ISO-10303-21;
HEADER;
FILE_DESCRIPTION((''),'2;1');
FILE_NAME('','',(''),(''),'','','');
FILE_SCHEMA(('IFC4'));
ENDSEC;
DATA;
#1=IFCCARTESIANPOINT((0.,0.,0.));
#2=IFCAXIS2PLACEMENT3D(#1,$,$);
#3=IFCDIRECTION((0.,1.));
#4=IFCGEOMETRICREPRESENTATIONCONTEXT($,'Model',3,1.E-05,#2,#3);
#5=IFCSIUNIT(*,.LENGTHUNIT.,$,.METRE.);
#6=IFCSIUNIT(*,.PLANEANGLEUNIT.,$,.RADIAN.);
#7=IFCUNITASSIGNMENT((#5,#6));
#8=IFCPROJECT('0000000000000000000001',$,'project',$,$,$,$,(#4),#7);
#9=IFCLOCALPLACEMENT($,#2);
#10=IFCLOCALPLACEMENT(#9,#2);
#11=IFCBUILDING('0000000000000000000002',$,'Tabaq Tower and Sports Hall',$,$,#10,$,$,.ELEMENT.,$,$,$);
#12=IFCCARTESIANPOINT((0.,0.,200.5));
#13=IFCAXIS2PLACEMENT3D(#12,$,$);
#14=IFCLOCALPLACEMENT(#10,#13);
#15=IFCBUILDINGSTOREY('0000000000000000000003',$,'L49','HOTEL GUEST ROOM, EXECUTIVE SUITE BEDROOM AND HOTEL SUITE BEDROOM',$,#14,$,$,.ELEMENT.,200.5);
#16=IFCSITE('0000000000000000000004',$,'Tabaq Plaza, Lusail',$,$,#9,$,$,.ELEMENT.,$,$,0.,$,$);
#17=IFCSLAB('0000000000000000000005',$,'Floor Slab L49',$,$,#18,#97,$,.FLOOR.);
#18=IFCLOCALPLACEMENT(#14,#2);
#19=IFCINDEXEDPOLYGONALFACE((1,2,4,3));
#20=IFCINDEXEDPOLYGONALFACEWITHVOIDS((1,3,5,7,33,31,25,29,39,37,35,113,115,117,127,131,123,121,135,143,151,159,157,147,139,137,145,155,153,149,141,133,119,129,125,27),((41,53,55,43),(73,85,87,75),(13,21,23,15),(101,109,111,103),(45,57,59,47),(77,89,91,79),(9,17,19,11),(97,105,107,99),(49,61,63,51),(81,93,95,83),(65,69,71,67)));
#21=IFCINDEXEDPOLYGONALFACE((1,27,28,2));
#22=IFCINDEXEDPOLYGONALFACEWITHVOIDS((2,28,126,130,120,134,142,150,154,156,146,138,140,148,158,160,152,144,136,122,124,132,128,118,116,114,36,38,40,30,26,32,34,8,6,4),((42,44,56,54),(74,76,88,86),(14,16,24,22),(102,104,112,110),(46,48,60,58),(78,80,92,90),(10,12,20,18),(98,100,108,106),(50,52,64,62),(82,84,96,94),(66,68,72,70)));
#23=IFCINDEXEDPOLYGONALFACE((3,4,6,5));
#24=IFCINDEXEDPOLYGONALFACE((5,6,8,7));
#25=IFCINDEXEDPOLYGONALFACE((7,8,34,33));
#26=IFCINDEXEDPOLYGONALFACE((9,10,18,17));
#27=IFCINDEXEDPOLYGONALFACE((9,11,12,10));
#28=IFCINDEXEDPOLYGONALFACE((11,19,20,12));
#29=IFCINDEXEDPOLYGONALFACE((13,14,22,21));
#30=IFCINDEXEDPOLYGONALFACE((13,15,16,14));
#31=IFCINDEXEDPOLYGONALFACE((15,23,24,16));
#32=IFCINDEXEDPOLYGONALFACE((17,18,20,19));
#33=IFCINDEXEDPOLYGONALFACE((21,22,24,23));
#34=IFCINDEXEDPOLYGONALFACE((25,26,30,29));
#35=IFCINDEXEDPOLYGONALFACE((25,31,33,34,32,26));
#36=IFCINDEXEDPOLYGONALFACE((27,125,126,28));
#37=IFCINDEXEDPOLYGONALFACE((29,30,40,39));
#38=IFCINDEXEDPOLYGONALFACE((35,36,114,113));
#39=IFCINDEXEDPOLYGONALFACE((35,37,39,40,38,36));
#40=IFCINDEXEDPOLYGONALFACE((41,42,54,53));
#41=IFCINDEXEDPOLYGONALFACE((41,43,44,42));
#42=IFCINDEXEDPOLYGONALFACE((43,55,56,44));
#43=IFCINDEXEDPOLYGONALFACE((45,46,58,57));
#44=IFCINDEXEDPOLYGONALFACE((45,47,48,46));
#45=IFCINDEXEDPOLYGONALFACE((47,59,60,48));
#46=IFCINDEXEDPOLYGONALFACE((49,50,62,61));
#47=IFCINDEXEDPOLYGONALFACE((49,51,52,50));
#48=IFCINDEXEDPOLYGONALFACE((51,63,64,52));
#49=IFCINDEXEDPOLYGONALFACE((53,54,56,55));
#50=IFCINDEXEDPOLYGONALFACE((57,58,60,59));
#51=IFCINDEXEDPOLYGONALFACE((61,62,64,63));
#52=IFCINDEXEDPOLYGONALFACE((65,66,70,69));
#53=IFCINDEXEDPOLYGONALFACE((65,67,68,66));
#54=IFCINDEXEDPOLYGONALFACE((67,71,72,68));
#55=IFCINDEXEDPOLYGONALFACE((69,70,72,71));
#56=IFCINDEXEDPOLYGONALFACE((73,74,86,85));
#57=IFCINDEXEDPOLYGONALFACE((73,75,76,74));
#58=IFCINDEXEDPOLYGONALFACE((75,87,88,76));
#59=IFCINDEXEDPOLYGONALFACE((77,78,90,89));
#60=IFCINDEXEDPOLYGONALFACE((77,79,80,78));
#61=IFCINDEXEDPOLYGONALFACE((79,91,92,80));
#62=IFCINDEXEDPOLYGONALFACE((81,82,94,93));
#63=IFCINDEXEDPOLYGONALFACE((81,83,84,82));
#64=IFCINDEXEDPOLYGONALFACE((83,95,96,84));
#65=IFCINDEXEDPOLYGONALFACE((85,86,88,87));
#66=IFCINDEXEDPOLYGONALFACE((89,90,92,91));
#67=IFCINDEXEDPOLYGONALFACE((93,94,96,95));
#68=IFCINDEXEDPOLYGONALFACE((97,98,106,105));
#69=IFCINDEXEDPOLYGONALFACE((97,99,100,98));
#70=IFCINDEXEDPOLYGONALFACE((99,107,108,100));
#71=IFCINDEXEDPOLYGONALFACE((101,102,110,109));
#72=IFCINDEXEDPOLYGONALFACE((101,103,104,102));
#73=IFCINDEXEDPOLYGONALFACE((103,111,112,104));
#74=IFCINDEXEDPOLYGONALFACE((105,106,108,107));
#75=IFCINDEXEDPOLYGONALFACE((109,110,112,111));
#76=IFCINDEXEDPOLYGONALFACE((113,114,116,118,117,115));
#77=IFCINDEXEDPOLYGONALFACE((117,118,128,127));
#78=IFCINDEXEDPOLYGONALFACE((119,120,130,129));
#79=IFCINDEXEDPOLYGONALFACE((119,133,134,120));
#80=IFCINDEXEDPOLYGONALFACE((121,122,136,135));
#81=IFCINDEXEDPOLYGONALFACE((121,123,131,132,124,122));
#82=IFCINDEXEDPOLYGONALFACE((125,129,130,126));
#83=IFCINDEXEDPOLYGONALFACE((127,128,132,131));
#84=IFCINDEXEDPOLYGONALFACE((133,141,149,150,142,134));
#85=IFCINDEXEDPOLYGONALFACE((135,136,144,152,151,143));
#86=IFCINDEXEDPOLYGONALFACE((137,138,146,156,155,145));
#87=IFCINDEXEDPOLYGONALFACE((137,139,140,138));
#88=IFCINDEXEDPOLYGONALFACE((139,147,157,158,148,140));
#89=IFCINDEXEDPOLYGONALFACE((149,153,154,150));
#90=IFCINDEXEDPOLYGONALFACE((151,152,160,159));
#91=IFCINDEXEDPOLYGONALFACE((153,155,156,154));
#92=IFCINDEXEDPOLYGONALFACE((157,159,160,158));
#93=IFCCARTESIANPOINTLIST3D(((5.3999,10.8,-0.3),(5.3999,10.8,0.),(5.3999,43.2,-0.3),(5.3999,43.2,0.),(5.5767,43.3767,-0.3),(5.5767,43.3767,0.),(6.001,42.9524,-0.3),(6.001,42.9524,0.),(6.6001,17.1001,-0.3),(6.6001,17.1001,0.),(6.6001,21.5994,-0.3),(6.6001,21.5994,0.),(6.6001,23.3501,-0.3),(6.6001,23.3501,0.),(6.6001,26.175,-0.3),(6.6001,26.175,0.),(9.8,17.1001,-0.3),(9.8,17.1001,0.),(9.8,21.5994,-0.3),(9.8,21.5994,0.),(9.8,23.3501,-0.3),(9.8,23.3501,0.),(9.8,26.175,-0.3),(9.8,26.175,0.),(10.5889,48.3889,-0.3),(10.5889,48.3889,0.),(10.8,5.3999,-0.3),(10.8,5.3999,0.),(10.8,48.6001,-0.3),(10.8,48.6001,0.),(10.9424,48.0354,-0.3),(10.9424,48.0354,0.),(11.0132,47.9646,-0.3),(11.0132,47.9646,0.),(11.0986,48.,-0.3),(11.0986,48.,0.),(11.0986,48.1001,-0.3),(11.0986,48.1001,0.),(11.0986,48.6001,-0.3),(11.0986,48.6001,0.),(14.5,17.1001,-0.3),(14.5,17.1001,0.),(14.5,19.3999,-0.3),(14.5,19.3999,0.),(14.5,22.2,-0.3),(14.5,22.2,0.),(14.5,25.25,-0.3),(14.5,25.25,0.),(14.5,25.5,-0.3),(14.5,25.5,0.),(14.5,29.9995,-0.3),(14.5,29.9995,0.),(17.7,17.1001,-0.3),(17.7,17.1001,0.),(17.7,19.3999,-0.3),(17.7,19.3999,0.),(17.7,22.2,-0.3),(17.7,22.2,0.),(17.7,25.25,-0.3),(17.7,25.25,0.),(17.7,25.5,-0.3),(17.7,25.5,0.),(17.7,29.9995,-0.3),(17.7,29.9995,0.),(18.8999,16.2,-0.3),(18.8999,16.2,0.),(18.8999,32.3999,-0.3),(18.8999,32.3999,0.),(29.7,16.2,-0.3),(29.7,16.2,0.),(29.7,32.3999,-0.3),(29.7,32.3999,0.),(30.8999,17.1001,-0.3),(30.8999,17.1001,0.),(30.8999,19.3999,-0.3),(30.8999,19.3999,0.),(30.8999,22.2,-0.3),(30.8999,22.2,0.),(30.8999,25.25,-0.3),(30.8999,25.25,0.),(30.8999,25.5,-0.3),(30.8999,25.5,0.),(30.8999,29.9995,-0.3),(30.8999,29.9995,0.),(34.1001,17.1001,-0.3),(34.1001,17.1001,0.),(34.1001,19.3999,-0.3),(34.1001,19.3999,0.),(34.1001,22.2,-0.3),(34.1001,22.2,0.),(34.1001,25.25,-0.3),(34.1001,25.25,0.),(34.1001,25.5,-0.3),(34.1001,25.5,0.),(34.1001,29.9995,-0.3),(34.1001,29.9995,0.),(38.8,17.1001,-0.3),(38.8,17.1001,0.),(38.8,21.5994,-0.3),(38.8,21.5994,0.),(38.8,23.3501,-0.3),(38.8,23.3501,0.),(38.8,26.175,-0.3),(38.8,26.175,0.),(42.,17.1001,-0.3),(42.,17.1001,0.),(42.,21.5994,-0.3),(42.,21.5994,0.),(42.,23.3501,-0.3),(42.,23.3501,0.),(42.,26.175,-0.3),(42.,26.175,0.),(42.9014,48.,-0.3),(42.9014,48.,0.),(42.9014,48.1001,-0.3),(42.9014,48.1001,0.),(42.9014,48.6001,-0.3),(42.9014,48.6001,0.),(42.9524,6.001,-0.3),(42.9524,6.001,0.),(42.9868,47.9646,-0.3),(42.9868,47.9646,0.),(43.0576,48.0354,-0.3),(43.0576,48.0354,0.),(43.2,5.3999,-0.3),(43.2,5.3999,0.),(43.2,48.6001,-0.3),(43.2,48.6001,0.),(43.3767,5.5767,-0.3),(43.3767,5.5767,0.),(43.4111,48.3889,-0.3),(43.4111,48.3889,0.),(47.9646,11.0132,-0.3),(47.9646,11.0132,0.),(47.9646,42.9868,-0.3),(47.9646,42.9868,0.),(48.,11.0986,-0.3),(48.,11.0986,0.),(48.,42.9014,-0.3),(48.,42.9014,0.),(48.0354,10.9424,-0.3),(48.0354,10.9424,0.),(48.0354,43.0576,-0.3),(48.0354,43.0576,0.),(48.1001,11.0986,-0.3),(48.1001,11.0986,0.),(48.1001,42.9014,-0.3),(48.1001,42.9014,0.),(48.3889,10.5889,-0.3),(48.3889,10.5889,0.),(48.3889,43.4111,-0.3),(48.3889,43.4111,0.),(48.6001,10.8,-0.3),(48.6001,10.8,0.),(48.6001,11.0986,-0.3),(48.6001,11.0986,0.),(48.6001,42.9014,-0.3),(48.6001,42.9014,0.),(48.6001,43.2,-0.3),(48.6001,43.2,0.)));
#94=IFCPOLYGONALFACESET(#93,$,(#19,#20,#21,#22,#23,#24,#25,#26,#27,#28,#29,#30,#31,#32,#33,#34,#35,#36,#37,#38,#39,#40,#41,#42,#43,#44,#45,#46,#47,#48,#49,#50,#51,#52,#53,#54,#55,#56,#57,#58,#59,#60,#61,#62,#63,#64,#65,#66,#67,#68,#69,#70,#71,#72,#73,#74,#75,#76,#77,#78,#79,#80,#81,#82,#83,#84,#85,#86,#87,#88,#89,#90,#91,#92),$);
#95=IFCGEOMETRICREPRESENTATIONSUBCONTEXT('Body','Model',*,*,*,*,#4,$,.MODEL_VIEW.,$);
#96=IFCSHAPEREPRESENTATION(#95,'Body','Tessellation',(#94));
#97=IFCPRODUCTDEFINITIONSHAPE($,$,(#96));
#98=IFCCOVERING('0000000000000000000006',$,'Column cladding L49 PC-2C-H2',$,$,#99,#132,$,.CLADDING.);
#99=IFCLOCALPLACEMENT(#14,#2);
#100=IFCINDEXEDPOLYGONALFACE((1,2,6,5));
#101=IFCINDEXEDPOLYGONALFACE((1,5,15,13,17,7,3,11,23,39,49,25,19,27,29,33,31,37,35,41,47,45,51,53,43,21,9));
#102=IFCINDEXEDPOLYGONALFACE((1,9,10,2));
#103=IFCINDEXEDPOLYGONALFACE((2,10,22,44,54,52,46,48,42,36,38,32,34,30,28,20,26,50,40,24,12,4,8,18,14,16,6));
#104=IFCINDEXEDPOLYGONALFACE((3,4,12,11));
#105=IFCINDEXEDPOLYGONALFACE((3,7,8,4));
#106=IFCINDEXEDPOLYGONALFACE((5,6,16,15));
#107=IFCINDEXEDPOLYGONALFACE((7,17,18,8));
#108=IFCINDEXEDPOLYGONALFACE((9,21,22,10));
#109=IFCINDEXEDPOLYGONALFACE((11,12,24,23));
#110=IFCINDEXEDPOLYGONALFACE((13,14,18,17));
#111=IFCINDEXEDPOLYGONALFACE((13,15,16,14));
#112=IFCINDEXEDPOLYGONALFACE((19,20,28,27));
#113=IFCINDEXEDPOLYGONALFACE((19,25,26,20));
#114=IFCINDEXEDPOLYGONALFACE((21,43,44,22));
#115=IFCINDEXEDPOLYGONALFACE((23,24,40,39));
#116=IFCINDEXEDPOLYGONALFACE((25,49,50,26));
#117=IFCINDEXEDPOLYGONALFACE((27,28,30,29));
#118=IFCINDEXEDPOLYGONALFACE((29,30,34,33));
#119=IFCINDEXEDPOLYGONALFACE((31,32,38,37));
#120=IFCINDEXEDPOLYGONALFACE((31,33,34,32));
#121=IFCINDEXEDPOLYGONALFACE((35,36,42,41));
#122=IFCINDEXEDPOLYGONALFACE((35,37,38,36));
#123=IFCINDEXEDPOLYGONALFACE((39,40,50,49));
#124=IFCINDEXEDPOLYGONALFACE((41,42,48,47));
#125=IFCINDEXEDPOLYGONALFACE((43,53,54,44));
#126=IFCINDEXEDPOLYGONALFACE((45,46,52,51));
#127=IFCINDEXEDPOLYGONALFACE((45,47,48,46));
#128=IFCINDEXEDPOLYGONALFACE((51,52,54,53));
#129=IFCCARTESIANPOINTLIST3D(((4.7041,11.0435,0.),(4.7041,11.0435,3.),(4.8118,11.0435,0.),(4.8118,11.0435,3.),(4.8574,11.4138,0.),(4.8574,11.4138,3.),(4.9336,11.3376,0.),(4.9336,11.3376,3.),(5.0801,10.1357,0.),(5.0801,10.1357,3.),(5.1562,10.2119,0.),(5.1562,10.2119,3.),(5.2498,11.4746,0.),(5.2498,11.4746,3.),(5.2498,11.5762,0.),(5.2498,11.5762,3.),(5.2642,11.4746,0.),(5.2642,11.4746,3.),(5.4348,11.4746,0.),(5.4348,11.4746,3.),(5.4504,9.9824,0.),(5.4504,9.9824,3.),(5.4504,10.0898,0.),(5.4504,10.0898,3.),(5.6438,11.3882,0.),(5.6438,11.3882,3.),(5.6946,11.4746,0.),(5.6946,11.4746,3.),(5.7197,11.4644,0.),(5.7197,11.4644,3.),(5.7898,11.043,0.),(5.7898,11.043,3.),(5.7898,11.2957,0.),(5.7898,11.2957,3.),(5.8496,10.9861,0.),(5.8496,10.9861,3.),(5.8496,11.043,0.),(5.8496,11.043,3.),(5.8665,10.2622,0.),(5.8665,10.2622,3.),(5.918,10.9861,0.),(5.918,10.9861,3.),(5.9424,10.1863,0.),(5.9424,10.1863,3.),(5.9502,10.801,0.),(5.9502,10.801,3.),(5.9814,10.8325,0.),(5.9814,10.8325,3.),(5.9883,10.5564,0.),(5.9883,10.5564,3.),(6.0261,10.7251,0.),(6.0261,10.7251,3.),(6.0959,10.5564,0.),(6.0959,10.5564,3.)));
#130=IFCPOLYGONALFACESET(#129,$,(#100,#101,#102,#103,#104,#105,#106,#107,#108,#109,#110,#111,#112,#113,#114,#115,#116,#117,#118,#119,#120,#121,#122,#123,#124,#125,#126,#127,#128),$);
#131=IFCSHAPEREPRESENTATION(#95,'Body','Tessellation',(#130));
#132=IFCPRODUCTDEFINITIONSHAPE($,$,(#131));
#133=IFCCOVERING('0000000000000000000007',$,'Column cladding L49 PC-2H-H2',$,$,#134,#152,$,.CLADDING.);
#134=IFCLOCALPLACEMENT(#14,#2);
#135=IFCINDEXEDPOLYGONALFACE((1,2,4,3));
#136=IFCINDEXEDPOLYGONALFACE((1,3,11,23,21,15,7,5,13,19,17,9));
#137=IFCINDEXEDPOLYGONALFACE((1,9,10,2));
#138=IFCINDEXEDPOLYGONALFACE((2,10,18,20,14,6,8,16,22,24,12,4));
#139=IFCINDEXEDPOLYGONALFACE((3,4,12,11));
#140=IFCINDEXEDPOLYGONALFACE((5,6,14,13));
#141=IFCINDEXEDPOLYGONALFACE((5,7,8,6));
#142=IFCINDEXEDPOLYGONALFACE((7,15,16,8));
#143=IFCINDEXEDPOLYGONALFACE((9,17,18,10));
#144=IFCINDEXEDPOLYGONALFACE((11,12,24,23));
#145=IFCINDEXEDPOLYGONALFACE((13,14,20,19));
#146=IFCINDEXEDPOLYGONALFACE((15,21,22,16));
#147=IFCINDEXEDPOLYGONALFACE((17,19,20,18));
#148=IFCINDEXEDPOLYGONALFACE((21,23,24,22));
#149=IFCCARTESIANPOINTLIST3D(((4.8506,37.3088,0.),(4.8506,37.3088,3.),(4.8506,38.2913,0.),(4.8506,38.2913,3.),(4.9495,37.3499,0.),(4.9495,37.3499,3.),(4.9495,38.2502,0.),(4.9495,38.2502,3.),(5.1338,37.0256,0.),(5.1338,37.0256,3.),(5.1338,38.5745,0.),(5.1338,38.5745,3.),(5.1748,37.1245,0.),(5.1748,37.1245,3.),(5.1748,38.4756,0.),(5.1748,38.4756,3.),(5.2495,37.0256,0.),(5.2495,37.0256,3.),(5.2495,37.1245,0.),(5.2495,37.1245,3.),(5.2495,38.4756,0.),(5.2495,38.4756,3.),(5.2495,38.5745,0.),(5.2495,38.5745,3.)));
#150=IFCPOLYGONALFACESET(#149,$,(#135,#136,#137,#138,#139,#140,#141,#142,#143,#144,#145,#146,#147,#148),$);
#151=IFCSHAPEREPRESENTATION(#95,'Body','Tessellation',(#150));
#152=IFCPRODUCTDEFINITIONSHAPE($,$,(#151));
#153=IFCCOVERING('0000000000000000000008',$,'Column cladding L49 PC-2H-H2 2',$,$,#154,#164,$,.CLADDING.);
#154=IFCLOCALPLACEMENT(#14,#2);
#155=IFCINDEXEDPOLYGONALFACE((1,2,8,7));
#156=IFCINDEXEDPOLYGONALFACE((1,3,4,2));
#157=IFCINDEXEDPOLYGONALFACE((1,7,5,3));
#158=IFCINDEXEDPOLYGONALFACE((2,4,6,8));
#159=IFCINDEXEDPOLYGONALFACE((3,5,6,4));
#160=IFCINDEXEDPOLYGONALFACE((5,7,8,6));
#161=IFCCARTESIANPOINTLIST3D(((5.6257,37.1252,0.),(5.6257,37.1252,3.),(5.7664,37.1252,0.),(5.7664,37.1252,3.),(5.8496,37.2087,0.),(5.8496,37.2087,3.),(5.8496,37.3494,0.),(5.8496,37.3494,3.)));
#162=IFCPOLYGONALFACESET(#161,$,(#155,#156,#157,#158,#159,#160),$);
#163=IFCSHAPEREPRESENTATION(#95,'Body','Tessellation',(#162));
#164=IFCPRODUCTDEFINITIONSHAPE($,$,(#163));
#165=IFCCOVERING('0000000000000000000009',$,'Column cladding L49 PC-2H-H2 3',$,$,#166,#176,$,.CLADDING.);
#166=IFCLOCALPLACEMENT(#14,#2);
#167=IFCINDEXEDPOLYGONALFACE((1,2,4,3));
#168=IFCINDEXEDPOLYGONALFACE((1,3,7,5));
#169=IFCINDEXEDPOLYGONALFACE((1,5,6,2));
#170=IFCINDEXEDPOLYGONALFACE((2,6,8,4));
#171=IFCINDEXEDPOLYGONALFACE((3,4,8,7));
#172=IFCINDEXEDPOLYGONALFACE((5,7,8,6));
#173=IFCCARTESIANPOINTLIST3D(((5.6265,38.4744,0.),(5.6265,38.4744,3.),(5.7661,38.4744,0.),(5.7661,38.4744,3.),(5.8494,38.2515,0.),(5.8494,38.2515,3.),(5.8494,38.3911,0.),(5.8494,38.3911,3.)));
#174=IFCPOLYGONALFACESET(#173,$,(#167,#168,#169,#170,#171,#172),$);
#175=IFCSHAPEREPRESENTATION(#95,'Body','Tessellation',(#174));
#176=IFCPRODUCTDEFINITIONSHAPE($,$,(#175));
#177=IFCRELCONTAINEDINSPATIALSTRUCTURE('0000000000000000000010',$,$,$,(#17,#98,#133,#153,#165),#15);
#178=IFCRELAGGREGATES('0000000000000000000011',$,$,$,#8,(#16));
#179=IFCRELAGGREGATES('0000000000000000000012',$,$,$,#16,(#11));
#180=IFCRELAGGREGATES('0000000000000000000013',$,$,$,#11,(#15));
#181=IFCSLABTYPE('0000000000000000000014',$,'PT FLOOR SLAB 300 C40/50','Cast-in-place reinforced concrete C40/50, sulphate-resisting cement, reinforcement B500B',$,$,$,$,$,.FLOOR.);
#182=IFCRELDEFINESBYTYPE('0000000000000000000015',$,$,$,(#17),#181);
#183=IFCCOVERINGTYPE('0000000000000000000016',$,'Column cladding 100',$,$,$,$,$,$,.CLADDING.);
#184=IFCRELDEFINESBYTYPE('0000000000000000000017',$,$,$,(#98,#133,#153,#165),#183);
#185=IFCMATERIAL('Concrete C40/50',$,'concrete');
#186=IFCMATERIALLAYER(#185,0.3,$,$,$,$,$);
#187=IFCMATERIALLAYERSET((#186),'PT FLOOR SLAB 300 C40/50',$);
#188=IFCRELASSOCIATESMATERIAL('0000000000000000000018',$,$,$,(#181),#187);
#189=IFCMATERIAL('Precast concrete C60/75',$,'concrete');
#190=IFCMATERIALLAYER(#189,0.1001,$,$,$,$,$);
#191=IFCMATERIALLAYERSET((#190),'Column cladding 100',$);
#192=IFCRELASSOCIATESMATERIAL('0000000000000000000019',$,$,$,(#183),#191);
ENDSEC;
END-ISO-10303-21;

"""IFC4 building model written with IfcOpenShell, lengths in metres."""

from ifc_helpers import new_model, si_unit, direction, frame, origin, place, context, subcontext, project, spatial, polyline, outline, extrude, material, layer, layer_set, type_object, element, save


model = new_model("IFC4")

# Units and contexts
model_context = context("Model", 3, precision=1e-05, world=origin(), true_north=direction((0.0, 1.0)))
body_context = subcontext(model_context, "Body", "Model", "MODEL_VIEW")
ifc_project = project(units=[si_unit("LENGTHUNIT", "METRE"), si_unit("PLANEANGLEUNIT", "RADIAN")], contexts=[model_context])

# Site, building, storey
site_placement = place(None, origin())
site = spatial("IfcSite", under=ifc_project, at=site_placement, Name="Tabaq Plaza, Lusail", CompositionType="ELEMENT", RefElevation=0.0)
building_placement = place(site_placement, origin())
building = spatial("IfcBuilding", under=site, at=building_placement, Name="Tabaq Tower and Sports Hall", CompositionType="ELEMENT")
storey_placement = place(building_placement, frame((0.0, 0.0, 200.5)))
storey = spatial("IfcBuildingStorey", under=building, at=storey_placement, Name="L49", Description="HOTEL GUEST ROOM, EXECUTIVE SUITE BEDROOM AND HOTEL SUITE BEDROOM", CompositionType="ELEMENT", Elevation=200.5)

# Slab
ifc_material_1 = material(Name="Concrete C40/50", Category="concrete")
ifc_layer_1 = layer(ifc_material_1, 0.3)
ifc_layer_set_1 = layer_set([ifc_layer_1], Name="PT FLOOR SLAB 300 C40/50")
slab_type = type_object("IfcSlabType", Name="PT FLOOR SLAB 300 C40/50", Description="Cast-in-place reinforced concrete C40/50, sulphate-resisting cement, reinforcement B500B", PredefinedType="FLOOR", material=ifc_layer_set_1)
slab_placement = place(storey_placement, frame((0.0, 0.0, -0.3)))
element("IfcSlab", 1, at=slab_placement, inside=storey, type_object=slab_type, Name="Floor Slab L49", PredefinedType="FLOOR", context=body_context, shape_type="SweptSolid", body=[
    extrude(outline(polyline([(5.3999, 43.2), (5.3999, 10.8), (10.8, 5.3999), (43.2, 5.3999), (43.3767, 5.5767), (42.9524, 6.001), (47.9646, 11.0132), (48.0354, 10.9424), (48.3889, 10.5889), (48.6001, 10.8), (48.6001, 11.0986), (48.1001, 11.0986), (48.0, 11.0986), (48.0, 42.9014), (48.1001, 42.9014), (48.6001, 42.9014), (48.6001, 43.2), (48.3889, 43.4111), (48.0354, 43.0576), (47.9646, 42.9868), (42.9868, 47.9646), (43.0576, 48.0354), (43.4111, 48.3889), (43.2, 48.6001), (42.9014, 48.6001), (42.9014, 48.1001), (42.9014, 48.0), (11.0986, 48.0), (11.0986, 48.1001), (11.0986, 48.6001), (10.8, 48.6001), (10.5889, 48.3889), (10.9424, 48.0354), (11.0132, 47.9646), (6.001, 42.9524), (5.5767, 43.3767), (5.3999, 43.2)]), holes=[polyline([(14.5, 19.3999), (17.7, 19.3999), (17.7, 17.1001), (14.5, 17.1001), (14.5, 19.3999)]), polyline([(6.6001, 21.5994), (9.8, 21.5994), (9.8, 17.1001), (6.6001, 17.1001), (6.6001, 21.5994)]), polyline([(14.5, 25.25), (17.7, 25.25), (17.7, 22.2), (14.5, 22.2), (14.5, 25.25)]), polyline([(18.8999, 32.3999), (29.7, 32.3999), (29.7, 16.2), (18.8999, 16.2), (18.8999, 32.3999)]), polyline([(9.8, 26.175), (9.8, 23.3501), (6.6001, 23.3501), (6.6001, 26.175), (9.8, 26.175)]), polyline([(14.5, 29.9995), (17.7, 29.9995), (17.7, 25.5), (14.5, 25.5), (14.5, 29.9995)]), polyline([(34.1001, 19.3999), (34.1001, 17.1001), (30.8999, 17.1001), (30.8999, 19.3999), (34.1001, 19.3999)]), polyline([(42.0, 21.5994), (42.0, 17.1001), (38.8, 17.1001), (38.8, 21.5994), (42.0, 21.5994)]), polyline([(30.8999, 25.25), (34.1001, 25.25), (34.1001, 22.2), (30.8999, 22.2), (30.8999, 25.25)]), polyline([(42.0, 26.175), (42.0, 23.3501), (38.8, 23.3501), (38.8, 26.175), (42.0, 26.175)]), polyline([(34.1001, 29.9995), (34.1001, 25.5), (30.8999, 25.5), (30.8999, 29.9995), (34.1001, 29.9995)])]), origin(), (0.0, 0.0, 1.0), 0.3),
])

# Coverings
ifc_material_2 = material(Name="Precast concrete C60/75", Category="concrete")
ifc_layer_2 = layer(ifc_material_2, 0.1001)
ifc_layer_set_2 = layer_set([ifc_layer_2], Name="Column cladding 100")
covering_type = type_object("IfcCoveringType", Name="Column cladding 100", PredefinedType="CLADDING", material=ifc_layer_set_2)
covering_1_placement = place(storey_placement, origin())
element("IfcCovering", 2, at=covering_1_placement, inside=storey, type_object=covering_type, Name="Column cladding L49 PC-2C-H2", PredefinedType="CLADDING", context=body_context, shape_type="SweptSolid", body=[
    extrude(outline(polyline([(5.4504, 9.9824), (5.0801, 10.1357), (4.7041, 11.0435), (4.8574, 11.4138), (5.2498, 11.5762), (5.2498, 11.4746), (5.2642, 11.4746), (4.9336, 11.3376), (4.8118, 11.0435), (5.1562, 10.2119), (5.4504, 10.0898), (5.8665, 10.2622), (5.9883, 10.5564), (5.6438, 11.3882), (5.4348, 11.4746), (5.6946, 11.4746), (5.7197, 11.4644), (5.7898, 11.2957), (5.7898, 11.043), (5.8496, 11.043), (5.8496, 10.9861), (5.918, 10.9861), (5.9814, 10.8325), (5.9502, 10.801), (6.0261, 10.7251), (6.0959, 10.5564), (5.9424, 10.1863), (5.4504, 9.9824)])), origin(), (0.0, 0.0, 1.0), 3.0),
])
covering_2_placement = place(storey_placement, origin())
element("IfcCovering", 3, at=covering_2_placement, inside=storey, type_object=covering_type, Name="Column cladding L49 PC-2H-H2", PredefinedType="CLADDING", context=body_context, shape_type="SweptSolid", body=[
    extrude(outline(polyline([(5.1338, 37.0256), (4.8506, 37.3088), (4.8506, 38.2913), (5.1338, 38.5745), (5.2495, 38.5745), (5.2495, 38.4756), (5.1748, 38.4756), (4.9495, 38.2502), (4.9495, 37.3499), (5.1748, 37.1245), (5.2495, 37.1245), (5.2495, 37.0256), (5.1338, 37.0256)])), origin(), (0.0, 0.0, 1.0), 3.0),
])
covering_3_placement = place(storey_placement, origin())
element("IfcCovering", 4, at=covering_3_placement, inside=storey, type_object=covering_type, Name="Column cladding L49 PC-2H-H2 2", PredefinedType="CLADDING", context=body_context, shape_type="SweptSolid", body=[
    extrude(outline(polyline([(5.7664, 37.1252), (5.6257, 37.1252), (5.8496, 37.3494), (5.8496, 37.2087), (5.7664, 37.1252)])), origin(), (0.0, 0.0, 1.0), 3.0),
])
covering_4_placement = place(storey_placement, origin())
element("IfcCovering", 5, at=covering_4_placement, inside=storey, type_object=covering_type, Name="Column cladding L49 PC-2H-H2 3", PredefinedType="CLADDING", context=body_context, shape_type="SweptSolid", body=[
    extrude(outline(polyline([(5.6265, 38.4744), (5.7661, 38.4744), (5.8494, 38.3911), (5.8494, 38.2515), (5.6265, 38.4744)])), origin(), (0.0, 0.0, 1.0), 3.0),
])

save(model, "model.ifc")
